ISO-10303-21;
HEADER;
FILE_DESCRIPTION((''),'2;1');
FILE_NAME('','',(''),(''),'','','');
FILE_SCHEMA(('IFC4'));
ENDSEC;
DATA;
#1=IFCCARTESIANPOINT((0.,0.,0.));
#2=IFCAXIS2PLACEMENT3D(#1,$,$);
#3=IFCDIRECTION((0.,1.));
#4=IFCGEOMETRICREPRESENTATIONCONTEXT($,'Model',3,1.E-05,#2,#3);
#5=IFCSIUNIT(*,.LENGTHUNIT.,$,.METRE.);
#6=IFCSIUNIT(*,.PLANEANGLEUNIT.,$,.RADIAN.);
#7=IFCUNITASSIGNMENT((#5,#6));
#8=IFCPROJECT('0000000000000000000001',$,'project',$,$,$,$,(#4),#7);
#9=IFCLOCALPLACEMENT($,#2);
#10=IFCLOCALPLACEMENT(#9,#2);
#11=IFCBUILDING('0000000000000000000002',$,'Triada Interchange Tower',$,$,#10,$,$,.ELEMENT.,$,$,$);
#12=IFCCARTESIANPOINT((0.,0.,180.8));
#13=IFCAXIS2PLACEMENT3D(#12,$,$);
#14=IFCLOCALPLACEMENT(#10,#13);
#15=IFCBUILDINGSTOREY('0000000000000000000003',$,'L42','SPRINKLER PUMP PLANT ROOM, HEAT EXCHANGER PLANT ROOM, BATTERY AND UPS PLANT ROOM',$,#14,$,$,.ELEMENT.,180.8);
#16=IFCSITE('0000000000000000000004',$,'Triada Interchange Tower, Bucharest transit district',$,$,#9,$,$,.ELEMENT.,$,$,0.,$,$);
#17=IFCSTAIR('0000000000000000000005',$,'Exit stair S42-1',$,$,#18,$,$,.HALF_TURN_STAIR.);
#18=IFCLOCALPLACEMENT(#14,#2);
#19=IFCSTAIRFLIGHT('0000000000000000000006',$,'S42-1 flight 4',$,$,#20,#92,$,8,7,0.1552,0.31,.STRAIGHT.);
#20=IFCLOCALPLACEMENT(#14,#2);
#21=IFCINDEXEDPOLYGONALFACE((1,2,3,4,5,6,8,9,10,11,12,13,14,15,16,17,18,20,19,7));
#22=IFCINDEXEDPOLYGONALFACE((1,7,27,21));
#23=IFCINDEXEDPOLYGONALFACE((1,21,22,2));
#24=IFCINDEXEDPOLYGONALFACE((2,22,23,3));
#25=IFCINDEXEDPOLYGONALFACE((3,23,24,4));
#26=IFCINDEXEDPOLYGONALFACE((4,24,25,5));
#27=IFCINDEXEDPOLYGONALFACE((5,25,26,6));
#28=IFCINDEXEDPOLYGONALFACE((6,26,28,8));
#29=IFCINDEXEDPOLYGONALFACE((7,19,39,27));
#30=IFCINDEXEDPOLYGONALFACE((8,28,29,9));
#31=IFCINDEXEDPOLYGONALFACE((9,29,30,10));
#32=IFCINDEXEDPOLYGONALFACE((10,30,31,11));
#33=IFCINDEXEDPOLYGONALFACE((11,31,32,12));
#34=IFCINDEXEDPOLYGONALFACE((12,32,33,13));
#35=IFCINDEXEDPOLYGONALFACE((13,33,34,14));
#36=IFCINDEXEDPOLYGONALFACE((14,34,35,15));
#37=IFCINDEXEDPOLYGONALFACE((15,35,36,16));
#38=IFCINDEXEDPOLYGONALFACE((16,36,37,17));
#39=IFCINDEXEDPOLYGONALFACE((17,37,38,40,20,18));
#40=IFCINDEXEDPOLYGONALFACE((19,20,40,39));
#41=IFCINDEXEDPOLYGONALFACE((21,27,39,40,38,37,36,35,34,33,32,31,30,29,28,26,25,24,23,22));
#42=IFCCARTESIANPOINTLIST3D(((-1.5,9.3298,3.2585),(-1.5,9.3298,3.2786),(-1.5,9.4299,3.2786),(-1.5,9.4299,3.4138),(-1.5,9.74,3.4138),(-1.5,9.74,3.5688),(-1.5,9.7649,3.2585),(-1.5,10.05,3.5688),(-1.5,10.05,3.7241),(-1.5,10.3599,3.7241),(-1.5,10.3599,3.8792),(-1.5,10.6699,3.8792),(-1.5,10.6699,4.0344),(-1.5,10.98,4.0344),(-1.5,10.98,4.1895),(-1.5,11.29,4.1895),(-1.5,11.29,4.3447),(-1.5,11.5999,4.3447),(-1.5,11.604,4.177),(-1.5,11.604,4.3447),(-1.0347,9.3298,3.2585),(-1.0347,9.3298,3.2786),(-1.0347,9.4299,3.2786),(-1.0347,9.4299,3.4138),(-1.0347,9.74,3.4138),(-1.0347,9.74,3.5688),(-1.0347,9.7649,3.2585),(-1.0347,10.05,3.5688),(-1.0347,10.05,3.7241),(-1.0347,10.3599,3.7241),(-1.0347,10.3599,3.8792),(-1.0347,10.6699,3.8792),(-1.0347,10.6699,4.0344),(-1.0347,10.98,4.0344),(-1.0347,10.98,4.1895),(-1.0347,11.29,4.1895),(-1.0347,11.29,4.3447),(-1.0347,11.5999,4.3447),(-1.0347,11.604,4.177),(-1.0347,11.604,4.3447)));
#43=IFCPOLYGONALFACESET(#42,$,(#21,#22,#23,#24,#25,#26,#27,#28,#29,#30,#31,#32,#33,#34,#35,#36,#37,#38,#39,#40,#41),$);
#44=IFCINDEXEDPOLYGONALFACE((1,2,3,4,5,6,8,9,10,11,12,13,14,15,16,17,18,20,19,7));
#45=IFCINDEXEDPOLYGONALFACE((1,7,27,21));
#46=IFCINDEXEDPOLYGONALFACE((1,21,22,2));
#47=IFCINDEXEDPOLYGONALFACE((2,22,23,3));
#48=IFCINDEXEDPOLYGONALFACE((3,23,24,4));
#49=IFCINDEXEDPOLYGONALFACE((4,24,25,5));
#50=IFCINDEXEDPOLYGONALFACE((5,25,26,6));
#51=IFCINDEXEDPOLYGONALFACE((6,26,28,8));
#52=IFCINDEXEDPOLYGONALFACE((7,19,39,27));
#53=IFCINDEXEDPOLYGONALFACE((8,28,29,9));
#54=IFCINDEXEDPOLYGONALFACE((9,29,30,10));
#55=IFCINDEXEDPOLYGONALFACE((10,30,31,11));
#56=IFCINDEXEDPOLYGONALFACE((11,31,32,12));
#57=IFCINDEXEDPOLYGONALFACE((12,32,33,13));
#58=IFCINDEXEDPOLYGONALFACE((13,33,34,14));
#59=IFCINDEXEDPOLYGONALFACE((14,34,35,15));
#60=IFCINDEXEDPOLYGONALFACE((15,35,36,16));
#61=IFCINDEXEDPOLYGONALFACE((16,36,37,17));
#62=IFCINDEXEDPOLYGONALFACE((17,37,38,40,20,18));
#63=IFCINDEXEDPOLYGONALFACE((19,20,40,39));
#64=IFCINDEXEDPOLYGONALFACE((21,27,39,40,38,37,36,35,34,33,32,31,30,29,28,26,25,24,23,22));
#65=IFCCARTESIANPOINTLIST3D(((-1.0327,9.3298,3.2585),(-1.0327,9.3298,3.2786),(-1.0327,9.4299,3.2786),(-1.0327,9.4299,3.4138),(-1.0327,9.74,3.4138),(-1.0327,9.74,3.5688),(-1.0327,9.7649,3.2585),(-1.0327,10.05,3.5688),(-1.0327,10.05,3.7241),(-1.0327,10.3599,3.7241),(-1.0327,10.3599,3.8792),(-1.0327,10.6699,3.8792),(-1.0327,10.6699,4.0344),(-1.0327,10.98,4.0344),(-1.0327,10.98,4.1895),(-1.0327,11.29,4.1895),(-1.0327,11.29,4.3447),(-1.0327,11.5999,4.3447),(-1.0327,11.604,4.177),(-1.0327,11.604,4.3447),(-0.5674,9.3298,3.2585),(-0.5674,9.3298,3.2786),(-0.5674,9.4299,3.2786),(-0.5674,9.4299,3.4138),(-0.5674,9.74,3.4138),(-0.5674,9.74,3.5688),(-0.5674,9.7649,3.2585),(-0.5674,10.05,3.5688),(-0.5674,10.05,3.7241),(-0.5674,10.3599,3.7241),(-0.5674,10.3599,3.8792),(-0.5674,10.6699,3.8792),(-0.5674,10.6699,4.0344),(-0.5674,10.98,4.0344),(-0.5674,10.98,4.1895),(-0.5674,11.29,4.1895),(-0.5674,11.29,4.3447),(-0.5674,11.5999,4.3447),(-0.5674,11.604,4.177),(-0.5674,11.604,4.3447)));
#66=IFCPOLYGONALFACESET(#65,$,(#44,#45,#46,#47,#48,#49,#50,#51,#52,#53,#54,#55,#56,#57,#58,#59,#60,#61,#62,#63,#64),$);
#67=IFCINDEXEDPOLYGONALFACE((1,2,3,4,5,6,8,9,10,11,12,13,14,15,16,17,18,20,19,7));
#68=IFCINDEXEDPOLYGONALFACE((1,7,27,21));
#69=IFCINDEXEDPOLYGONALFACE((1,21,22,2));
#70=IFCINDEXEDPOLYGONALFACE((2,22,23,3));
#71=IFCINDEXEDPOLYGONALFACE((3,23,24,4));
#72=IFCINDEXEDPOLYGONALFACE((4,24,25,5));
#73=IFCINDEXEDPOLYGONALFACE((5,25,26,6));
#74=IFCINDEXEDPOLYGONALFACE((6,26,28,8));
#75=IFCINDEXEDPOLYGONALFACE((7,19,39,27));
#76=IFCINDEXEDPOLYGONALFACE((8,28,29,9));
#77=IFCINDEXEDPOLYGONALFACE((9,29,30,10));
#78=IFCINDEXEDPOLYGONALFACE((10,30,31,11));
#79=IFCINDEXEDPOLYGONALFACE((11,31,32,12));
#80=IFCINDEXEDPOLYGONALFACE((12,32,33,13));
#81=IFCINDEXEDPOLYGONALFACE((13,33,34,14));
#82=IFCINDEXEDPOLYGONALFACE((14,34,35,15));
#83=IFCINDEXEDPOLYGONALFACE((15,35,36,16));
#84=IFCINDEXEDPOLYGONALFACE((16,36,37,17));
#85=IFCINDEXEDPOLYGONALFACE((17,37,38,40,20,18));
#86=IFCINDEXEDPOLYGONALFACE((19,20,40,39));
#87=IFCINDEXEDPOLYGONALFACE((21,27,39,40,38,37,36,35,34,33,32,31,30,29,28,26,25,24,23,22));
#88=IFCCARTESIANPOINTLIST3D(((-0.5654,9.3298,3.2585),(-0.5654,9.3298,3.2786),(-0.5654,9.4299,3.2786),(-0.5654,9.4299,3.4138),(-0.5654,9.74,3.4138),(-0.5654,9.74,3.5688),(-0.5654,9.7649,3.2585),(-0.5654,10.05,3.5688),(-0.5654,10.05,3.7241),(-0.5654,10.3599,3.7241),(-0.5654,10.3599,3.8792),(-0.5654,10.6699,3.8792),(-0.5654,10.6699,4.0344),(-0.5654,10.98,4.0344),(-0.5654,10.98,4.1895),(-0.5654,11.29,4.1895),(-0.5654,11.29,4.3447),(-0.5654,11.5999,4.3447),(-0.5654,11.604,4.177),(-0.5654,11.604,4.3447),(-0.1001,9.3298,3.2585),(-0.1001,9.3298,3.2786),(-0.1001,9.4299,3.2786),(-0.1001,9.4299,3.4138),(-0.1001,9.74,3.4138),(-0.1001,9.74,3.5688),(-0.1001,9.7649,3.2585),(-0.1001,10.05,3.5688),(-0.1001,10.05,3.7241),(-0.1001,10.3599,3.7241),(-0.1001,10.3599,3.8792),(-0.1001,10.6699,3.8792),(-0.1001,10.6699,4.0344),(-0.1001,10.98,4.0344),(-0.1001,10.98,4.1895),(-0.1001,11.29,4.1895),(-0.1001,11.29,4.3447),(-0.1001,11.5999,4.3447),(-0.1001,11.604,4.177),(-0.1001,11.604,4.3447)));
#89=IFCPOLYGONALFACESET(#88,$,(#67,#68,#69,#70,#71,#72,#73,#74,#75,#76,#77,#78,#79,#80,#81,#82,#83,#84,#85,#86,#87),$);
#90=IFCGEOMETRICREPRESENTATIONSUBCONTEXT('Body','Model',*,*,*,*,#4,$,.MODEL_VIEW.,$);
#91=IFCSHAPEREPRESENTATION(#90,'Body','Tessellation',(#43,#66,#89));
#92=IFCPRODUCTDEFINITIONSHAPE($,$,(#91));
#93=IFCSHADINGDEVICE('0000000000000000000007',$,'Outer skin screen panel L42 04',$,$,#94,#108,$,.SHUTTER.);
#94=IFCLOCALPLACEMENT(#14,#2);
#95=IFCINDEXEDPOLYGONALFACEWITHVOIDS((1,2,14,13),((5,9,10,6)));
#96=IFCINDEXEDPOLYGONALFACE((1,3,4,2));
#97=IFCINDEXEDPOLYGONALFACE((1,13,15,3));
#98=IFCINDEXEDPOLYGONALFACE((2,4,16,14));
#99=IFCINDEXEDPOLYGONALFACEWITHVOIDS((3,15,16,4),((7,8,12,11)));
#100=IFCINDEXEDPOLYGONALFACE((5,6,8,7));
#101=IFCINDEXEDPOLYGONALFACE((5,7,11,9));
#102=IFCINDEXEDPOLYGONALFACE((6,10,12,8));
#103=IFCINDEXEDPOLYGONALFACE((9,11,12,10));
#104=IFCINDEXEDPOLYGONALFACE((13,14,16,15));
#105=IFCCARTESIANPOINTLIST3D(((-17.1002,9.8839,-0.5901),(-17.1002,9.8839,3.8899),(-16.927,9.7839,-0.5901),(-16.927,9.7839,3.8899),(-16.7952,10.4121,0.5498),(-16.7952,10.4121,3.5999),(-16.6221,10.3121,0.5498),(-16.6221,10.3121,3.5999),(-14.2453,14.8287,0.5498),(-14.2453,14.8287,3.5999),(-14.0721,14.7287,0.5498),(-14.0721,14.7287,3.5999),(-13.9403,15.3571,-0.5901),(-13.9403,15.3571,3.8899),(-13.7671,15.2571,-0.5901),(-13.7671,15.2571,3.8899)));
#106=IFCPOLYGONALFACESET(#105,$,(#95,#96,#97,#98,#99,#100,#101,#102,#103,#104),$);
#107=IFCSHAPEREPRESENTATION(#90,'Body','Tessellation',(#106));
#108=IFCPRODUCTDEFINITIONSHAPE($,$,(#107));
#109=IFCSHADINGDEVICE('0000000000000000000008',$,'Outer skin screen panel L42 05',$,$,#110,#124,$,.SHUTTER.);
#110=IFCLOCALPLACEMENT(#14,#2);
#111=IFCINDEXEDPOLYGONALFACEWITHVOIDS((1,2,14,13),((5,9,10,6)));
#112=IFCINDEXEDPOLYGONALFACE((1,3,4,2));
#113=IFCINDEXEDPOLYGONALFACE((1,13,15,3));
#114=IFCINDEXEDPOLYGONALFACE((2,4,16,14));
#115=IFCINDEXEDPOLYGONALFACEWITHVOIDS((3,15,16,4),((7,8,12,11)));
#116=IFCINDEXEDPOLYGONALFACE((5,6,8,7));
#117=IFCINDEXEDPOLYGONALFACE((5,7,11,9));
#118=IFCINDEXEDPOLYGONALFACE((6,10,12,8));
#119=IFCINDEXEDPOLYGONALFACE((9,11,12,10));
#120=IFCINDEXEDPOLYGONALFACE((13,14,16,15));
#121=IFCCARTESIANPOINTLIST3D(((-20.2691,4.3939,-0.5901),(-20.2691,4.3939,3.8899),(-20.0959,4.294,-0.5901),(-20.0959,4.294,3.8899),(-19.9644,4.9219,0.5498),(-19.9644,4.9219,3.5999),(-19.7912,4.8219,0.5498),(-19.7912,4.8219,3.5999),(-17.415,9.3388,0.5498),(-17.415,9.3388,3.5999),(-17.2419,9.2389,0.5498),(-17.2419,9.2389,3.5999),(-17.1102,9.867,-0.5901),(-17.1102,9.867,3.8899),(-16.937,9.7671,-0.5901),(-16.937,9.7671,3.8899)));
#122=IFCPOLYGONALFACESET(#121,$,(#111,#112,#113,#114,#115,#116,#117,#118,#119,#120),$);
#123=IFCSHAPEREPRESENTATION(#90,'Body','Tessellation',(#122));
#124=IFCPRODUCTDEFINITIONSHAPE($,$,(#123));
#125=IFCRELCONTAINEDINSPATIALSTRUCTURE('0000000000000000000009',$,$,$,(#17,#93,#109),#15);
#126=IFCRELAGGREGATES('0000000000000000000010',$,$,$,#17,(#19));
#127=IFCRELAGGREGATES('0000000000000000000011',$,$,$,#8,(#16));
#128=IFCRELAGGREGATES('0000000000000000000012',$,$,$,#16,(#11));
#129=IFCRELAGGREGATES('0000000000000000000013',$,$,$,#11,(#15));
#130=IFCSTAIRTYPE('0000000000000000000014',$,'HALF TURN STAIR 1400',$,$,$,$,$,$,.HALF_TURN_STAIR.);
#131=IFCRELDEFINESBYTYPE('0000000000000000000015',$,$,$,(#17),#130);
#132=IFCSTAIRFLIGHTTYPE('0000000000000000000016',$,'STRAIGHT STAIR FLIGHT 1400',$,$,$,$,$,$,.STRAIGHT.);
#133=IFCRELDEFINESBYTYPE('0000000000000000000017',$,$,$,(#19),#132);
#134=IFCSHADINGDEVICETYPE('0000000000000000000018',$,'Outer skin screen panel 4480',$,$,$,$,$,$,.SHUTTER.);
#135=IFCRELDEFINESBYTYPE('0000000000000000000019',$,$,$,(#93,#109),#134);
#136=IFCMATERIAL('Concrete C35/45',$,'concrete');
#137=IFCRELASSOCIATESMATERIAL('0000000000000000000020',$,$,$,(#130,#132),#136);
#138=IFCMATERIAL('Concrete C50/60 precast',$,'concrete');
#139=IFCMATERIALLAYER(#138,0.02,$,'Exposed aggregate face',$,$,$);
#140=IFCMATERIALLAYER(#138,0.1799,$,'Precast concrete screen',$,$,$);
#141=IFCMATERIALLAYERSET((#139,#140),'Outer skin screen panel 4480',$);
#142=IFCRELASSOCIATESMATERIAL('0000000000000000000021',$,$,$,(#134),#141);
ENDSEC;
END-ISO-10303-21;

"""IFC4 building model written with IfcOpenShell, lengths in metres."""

from ifc_helpers import new_model, si_unit, direction, frame, origin, place, context, subcontext, project, spatial, polyline, outline, extrude, material, layer, layer_set, type_object, element, aggregate, save


model = new_model("IFC4")

# Units and contexts
model_context = context("Model", 3, precision=1e-05, world=origin(), true_north=direction((0.0, 1.0)))
body_context = subcontext(model_context, "Body", "Model", "MODEL_VIEW")
ifc_project = project(units=[si_unit("LENGTHUNIT", "METRE"), si_unit("PLANEANGLEUNIT", "RADIAN")], contexts=[model_context])

# Site, building, storey
site_placement = place(None, origin())
site = spatial("IfcSite", under=ifc_project, at=site_placement, Name="Triada Interchange Tower, Bucharest transit district", CompositionType="ELEMENT", RefElevation=0.0)
building_placement = place(site_placement, origin())
building = spatial("IfcBuilding", under=site, at=building_placement, Name="Triada Interchange Tower", CompositionType="ELEMENT")
storey_placement = place(building_placement, frame((0.0, 0.0, 180.8)))
storey = spatial("IfcBuildingStorey", under=building, at=storey_placement, Name="L42", Description="SPRINKLER PUMP PLANT ROOM, HEAT EXCHANGER PLANT ROOM, BATTERY AND UPS PLANT ROOM", CompositionType="ELEMENT", Elevation=180.8)

# Stair, stair flight
ifc_material_1 = material(Name="Concrete C35/45", Category="concrete")
stair_type = type_object("IfcStairType", Name="HALF TURN STAIR 1400", PredefinedType="HALF_TURN_STAIR", material=ifc_material_1)
stair_placement = place(storey_placement, origin())
stair = element("IfcStair", 1, at=stair_placement, inside=storey, type_object=stair_type, Name="Exit stair S42-1", PredefinedType="HALF_TURN_STAIR")
stair_flight_type = type_object("IfcStairFlightType", Name="STRAIGHT STAIR FLIGHT 1400", PredefinedType="STRAIGHT", material=ifc_material_1)
stair_flight_1_placement = place(storey_placement, frame((-0.8, 9.4299, 3.2585), z_axis=(0.0, 0.0, 1.0), x_axis=(0.0, 1.0, 0.0)))
stair_flight_1 = element("IfcStairFlight", 2, at=stair_flight_1_placement, type_object=stair_flight_type, Name="S42-1 flight 4", NumberOfRisers=8, NumberOfTreads=7, PredefinedType="STRAIGHT", RiserHeight=0.1552, TreadLength=0.31, context=body_context, shape_type="SweptSolid", body=[
    extrude(outline(polyline([(-0.1001, 0.0), (-0.1001, 0.02), (0.0, 0.02), (0.0, 0.1553), (0.3101, 0.1553), (0.3101, 0.3103), (0.6201, 0.3103), (0.6201, 0.4656), (0.9299, 0.4656), (0.9299, 0.6206), (1.24, 0.6206), (1.24, 0.7759), (1.55, 0.7759), (1.55, 0.9309), (1.8601, 0.9309), (1.8601, 1.0862), (2.1699, 1.0862), (2.1741, 1.0862), (2.1741, 1.2415), (2.1741, 0.9185), (0.335, 0.0), (-0.1001, 0.0)])), frame((0.0, 0.7, 0.0), z_axis=(0.0, -1.0, 0.0), x_axis=(1.0, 0.0, 0.0)), (0.0, 0.0, 1.0), 0.4653),
    extrude(outline(polyline([(-0.1001, 0.0), (-0.1001, 0.02), (0.0, 0.02), (0.0, 0.1553), (0.3101, 0.1553), (0.3101, 0.3103), (0.6201, 0.3103), (0.6201, 0.4656), (0.9299, 0.4656), (0.9299, 0.6206), (1.24, 0.6206), (1.24, 0.7759), (1.55, 0.7759), (1.55, 0.9309), (1.8601, 0.9309), (1.8601, 1.0862), (2.1699, 1.0862), (2.1741, 1.0862), (2.1741, 1.2415), (2.1741, 0.9185), (0.335, 0.0), (-0.1001, 0.0)])), frame((0.0, 0.2327, 0.0), z_axis=(0.0, -1.0, 0.0), x_axis=(1.0, 0.0, 0.0)), (0.0, 0.0, 1.0), 0.4653),
    extrude(outline(polyline([(-0.1001, 0.0), (-0.1001, 0.02), (0.0, 0.02), (0.0, 0.1553), (0.3101, 0.1553), (0.3101, 0.3103), (0.6201, 0.3103), (0.6201, 0.4656), (0.9299, 0.4656), (0.9299, 0.6206), (1.24, 0.6206), (1.24, 0.7759), (1.55, 0.7759), (1.55, 0.9309), (1.8601, 0.9309), (1.8601, 1.0862), (2.1699, 1.0862), (2.1741, 1.0862), (2.1741, 1.2415), (2.1741, 0.9185), (0.335, 0.0), (-0.1001, 0.0)])), frame((0.0, -0.2346, 0.0), z_axis=(0.0, -1.0, 0.0), x_axis=(1.0, 0.0, 0.0)), (0.0, 0.0, 1.0), 0.4653),
])

# Shading devices
ifc_material_2 = material(Name="Concrete C50/60 precast", Category="concrete")
ifc_layer_1 = layer(ifc_material_2, 0.02, Name="Exposed aggregate face")
ifc_layer_2 = layer(ifc_material_2, 0.1799, Name="Precast concrete screen")
ifc_layer_set_1 = layer_set([ifc_layer_1, ifc_layer_2], Name="Outer skin screen panel 4480")
shading_device_type = type_object("IfcShadingDeviceType", Name="Outer skin screen panel 4480", PredefinedType="SHUTTER", material=ifc_layer_set_1)
shading_device_1_placement = place(storey_placement, frame((-13.7671, 15.2571, -0.5901), z_axis=(0.0, 0.0, 1.0), x_axis=(-0.499999, -0.866026, 0.0)))
element("IfcShadingDevice", 3, at=shading_device_1_placement, inside=storey, type_object=shading_device_type, Name="Outer skin screen panel L42 04", PredefinedType="SHUTTER", context=body_context, shape_type="SweptSolid", body=[
    extrude(outline(polyline([(0.0, 0.0), (6.3198, 0.0), (6.3198, 4.48), (0.0, 4.48), (0.0, 0.0)]), holes=[polyline([(0.6101, 1.1399), (0.6101, 4.1899), (5.71, 4.1899), (5.71, 1.1399), (0.6101, 1.1399)])]), frame((0.0, 0.0, 0.0), z_axis=(0.0, -1.0, 0.0), x_axis=(1.0, 0.0, 0.0)), (0.0, 0.0, 1.0), 0.2),
])
shading_device_2_placement = place(storey_placement, frame((-16.937, 9.7671, -0.5901), z_axis=(0.0, 0.0, 1.0), x_axis=(-0.499883, -0.866093, 0.0)))
element("IfcShadingDevice", 4, at=shading_device_2_placement, inside=storey, type_object=shading_device_type, Name="Outer skin screen panel L42 05", PredefinedType="SHUTTER", context=body_context, shape_type="SweptSolid", body=[
    extrude(outline(polyline([(0.0, 0.0), (6.3193, 0.0), (6.3193, 4.48), (0.0, 4.48), (0.0, 0.0)]), holes=[polyline([(0.6099, 1.1399), (0.6099, 4.1899), (5.7097, 4.1899), (5.7097, 1.1399), (0.6099, 1.1399)])]), frame((0.0, 0.0, 0.0), z_axis=(0.0, -1.0, 0.0), x_axis=(1.0, 0.0, 0.0)), (0.0, 0.0, 1.0), 0.2),
])

aggregate(stair, [stair_flight_1])

save(model, "model.ifc")
